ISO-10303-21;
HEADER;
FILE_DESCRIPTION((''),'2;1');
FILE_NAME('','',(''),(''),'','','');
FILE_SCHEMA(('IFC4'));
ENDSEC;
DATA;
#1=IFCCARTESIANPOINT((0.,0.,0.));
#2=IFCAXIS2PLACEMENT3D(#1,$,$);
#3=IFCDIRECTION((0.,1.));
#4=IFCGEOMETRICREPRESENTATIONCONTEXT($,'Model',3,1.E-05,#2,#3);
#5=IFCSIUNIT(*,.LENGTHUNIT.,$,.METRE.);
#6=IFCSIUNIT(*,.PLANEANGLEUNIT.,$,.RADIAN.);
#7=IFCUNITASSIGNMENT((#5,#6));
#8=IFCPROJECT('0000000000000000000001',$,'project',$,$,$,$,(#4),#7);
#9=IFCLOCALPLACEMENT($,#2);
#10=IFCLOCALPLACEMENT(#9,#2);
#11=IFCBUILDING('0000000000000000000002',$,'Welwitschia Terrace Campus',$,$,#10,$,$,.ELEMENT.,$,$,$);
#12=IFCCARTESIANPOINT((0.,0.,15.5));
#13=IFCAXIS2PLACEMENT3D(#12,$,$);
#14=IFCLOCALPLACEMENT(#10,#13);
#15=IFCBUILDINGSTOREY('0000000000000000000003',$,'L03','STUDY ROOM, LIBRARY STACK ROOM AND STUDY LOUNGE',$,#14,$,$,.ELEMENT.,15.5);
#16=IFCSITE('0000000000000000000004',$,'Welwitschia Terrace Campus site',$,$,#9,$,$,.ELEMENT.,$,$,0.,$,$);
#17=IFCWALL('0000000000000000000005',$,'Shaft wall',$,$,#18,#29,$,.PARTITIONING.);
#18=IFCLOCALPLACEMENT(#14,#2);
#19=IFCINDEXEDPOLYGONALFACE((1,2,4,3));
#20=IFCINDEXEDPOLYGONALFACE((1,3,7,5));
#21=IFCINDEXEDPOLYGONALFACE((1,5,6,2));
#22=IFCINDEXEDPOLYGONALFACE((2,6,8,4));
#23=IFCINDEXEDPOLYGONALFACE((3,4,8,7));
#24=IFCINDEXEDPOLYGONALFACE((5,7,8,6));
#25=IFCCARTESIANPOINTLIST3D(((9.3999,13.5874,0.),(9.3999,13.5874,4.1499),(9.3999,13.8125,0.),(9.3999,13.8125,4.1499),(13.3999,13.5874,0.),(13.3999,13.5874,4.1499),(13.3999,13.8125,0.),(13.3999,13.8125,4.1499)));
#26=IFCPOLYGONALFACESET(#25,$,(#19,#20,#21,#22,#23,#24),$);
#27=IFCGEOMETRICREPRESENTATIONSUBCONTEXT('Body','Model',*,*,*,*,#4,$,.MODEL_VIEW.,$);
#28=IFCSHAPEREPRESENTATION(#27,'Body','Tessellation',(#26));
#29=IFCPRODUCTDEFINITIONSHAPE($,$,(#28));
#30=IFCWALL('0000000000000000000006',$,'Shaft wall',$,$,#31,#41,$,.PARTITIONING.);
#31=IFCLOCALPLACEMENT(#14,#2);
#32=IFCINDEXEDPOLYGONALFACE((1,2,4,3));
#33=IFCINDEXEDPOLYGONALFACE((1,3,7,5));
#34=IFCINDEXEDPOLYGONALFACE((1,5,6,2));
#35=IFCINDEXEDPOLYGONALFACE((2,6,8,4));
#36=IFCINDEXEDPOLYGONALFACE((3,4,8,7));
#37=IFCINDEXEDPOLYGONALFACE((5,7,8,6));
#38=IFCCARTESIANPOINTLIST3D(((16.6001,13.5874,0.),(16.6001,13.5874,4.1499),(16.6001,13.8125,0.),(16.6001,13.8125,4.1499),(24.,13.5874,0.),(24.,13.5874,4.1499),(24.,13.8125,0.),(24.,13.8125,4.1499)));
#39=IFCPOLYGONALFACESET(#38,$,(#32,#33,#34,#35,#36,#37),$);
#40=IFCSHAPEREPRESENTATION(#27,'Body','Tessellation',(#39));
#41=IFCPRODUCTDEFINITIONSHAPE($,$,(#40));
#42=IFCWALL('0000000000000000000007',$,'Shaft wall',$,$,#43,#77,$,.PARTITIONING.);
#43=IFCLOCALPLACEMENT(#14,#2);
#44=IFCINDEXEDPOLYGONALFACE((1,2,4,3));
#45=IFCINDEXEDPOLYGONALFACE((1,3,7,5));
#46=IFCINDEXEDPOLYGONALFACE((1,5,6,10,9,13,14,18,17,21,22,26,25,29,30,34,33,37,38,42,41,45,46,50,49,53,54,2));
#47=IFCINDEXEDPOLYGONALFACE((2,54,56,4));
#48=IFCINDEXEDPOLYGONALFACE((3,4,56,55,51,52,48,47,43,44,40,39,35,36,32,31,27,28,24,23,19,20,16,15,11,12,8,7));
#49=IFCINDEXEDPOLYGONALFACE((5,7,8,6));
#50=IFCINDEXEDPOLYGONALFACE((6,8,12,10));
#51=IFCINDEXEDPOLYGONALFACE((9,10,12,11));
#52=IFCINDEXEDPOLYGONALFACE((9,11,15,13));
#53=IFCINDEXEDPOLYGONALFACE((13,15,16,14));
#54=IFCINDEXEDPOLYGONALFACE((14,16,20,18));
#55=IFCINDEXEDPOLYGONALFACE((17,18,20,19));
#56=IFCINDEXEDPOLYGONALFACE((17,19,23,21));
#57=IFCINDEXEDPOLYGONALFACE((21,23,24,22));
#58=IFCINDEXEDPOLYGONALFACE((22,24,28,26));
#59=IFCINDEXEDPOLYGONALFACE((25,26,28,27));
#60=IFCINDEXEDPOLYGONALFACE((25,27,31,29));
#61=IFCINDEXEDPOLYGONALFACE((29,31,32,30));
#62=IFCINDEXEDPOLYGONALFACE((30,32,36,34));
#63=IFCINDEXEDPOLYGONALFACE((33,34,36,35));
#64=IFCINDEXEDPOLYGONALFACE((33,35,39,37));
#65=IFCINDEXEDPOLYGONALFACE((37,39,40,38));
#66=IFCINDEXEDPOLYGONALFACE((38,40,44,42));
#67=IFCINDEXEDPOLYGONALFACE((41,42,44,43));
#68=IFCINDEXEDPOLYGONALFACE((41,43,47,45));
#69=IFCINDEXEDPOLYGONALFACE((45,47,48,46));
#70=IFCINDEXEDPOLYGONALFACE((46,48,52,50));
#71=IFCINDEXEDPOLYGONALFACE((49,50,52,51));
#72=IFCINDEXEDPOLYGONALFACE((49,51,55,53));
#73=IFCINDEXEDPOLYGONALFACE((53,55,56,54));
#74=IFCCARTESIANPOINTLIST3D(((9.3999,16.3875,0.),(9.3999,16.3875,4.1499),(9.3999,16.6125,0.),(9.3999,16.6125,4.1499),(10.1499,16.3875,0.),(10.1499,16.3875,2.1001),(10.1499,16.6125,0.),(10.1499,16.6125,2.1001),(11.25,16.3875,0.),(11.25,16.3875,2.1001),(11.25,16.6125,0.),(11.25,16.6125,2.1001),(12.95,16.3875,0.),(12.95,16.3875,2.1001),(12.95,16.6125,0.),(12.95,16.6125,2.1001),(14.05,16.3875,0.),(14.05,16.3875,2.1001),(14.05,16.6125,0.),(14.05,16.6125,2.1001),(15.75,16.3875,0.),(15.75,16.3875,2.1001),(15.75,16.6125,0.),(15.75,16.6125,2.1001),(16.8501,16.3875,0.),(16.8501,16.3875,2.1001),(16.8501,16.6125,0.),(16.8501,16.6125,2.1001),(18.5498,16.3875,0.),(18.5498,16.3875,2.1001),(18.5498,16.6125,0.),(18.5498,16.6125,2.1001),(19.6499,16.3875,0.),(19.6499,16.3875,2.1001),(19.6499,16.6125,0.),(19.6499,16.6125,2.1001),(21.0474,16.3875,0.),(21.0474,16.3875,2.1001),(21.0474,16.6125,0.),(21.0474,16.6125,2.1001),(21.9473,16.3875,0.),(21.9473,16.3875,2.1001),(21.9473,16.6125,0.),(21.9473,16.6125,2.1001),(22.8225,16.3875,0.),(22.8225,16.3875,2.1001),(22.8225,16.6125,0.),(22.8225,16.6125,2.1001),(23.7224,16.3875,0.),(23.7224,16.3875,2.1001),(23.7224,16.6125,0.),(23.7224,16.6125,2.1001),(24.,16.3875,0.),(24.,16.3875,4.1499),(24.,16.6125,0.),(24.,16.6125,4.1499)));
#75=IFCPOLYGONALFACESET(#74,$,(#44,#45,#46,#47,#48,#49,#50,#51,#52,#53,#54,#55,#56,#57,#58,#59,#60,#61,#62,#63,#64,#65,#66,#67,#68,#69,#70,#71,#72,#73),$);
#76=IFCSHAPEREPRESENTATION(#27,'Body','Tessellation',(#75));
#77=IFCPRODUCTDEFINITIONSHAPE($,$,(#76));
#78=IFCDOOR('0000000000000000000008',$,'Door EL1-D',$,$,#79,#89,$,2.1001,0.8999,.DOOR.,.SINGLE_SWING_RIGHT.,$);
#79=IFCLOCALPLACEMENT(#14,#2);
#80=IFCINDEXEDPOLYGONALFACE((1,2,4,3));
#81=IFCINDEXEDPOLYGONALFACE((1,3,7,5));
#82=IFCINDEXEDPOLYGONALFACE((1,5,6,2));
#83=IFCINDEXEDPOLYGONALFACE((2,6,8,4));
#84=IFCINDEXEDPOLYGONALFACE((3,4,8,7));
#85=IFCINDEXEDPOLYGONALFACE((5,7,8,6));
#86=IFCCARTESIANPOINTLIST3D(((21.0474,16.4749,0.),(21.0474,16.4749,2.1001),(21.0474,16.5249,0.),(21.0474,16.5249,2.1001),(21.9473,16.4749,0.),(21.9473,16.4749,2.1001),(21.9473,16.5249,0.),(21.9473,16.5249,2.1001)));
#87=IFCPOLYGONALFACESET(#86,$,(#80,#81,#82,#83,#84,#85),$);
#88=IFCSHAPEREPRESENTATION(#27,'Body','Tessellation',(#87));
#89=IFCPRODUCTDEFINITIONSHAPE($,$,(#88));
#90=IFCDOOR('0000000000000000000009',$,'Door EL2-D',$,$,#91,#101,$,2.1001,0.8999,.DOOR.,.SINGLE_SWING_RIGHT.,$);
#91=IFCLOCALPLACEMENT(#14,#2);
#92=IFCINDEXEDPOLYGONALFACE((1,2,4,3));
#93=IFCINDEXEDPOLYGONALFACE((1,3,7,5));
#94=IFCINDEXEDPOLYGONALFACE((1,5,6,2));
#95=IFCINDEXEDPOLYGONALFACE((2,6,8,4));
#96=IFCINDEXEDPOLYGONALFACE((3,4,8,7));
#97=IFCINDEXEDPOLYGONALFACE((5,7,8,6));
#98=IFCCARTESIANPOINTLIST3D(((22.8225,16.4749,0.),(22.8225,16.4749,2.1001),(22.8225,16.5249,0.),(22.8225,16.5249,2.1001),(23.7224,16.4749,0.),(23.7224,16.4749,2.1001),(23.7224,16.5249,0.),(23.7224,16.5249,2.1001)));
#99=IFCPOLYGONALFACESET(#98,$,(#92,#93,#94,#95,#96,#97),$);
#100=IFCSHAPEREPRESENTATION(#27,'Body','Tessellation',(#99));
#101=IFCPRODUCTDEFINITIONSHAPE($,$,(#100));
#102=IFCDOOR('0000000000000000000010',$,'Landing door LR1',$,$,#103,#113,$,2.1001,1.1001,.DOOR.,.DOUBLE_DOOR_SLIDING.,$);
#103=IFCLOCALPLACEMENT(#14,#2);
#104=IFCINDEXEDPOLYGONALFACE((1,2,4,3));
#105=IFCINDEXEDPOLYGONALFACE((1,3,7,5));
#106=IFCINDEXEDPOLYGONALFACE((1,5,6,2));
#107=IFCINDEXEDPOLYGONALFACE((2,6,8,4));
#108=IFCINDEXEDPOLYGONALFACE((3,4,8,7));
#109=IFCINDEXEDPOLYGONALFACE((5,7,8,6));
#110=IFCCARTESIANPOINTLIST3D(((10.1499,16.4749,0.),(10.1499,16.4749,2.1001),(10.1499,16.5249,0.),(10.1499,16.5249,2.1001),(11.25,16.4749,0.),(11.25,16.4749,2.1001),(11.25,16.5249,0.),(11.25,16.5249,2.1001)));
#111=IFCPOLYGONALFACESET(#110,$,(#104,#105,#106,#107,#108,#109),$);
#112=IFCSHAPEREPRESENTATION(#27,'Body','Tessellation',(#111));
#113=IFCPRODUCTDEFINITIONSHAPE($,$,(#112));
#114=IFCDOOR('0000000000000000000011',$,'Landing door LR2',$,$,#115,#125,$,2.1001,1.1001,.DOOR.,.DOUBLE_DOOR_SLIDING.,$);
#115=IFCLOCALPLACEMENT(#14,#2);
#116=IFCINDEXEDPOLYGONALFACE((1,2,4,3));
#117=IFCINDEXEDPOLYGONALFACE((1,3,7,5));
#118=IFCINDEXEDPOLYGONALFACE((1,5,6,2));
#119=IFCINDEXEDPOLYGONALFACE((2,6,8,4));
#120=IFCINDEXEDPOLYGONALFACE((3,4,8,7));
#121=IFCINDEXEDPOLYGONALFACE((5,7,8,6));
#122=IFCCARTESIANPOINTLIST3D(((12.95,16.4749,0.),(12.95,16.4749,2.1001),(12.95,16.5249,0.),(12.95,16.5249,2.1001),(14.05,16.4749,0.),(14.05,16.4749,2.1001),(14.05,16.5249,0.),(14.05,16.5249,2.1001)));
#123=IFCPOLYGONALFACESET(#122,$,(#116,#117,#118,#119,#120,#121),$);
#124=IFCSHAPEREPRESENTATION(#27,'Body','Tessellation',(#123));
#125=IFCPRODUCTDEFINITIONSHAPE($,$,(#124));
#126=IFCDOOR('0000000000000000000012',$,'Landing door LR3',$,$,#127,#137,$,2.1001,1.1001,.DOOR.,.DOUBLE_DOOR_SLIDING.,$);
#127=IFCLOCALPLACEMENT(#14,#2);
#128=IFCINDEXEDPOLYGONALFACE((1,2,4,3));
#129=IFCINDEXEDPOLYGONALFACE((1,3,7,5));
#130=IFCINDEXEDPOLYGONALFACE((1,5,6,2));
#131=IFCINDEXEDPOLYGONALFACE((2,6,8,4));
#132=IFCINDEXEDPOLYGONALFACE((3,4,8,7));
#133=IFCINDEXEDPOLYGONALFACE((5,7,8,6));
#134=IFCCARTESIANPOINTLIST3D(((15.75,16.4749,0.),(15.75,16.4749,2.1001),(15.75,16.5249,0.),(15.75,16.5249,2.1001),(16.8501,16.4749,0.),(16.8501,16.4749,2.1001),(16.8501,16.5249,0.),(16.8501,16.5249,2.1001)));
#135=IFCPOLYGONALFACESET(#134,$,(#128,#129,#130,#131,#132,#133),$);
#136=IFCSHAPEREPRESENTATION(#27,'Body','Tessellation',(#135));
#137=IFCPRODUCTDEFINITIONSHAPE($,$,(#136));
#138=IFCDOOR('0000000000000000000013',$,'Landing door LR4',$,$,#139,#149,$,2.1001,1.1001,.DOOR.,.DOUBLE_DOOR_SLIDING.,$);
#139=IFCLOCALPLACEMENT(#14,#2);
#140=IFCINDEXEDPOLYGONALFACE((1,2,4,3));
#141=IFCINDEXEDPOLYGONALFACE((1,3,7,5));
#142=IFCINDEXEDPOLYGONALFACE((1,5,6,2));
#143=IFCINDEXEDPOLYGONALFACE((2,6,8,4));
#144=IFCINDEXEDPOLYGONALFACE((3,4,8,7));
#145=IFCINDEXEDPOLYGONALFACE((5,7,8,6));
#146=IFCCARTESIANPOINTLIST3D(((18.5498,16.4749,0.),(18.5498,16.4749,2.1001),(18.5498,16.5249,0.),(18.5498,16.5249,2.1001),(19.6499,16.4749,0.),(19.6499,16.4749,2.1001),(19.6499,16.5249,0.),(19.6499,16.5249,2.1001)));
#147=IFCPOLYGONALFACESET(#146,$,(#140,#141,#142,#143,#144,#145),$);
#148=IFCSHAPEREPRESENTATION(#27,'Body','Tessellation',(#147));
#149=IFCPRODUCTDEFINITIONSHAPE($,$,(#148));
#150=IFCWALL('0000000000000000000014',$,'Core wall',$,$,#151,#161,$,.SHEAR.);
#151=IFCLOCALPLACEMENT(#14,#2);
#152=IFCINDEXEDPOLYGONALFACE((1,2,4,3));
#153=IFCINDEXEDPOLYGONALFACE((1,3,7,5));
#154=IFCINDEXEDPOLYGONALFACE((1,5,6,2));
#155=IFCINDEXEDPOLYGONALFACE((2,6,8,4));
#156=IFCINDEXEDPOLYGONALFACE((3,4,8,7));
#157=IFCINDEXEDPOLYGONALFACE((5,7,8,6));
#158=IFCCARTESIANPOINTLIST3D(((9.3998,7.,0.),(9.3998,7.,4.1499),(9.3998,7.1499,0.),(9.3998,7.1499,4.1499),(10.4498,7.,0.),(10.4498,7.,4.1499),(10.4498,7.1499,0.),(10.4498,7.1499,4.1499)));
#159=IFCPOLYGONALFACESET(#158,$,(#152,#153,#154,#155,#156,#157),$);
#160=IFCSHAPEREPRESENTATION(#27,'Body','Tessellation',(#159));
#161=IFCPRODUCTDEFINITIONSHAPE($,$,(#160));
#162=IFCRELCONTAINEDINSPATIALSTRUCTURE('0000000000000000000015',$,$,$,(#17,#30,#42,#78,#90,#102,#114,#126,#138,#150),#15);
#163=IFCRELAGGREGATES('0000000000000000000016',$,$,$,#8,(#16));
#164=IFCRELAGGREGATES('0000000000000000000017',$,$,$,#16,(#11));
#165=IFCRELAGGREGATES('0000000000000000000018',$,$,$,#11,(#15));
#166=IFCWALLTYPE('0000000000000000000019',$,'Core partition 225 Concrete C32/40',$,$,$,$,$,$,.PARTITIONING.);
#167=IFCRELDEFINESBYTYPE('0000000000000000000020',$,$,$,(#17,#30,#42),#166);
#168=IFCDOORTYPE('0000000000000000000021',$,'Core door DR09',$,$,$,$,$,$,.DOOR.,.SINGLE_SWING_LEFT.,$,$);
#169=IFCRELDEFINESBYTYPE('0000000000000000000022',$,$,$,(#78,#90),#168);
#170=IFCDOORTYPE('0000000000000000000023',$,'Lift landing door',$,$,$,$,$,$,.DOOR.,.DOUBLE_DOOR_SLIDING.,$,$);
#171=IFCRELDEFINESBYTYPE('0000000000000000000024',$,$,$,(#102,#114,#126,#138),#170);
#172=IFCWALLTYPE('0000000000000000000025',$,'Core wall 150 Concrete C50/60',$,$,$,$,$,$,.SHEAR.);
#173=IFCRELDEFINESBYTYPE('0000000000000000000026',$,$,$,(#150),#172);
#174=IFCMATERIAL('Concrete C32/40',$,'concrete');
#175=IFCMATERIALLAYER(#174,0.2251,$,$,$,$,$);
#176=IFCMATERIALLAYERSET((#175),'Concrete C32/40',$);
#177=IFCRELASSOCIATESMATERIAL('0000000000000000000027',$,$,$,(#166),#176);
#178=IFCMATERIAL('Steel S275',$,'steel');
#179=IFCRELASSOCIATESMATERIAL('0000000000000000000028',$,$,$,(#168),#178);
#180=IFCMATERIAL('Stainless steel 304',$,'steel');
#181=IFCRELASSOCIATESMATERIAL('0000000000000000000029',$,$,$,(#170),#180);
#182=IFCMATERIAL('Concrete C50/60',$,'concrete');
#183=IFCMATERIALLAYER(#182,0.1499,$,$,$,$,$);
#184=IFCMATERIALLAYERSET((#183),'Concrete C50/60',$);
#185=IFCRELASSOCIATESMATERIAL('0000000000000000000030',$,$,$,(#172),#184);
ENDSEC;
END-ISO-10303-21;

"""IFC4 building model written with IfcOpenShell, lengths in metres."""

from ifc_helpers import new_model, si_unit, direction, frame, frame_2d, origin, place, context, subcontext, project, spatial, rectangle, extrude, material, layer, layer_set, type_object, element, fill, save


model = new_model("IFC4")

# Units and contexts
model_context = context("Model", 3, precision=1e-05, world=origin(), true_north=direction((0.0, 1.0)))
body_context = subcontext(model_context, "Body", "Model", "MODEL_VIEW")
ifc_project = project(units=[si_unit("LENGTHUNIT", "METRE"), si_unit("PLANEANGLEUNIT", "RADIAN")], contexts=[model_context])

# Site, building, storey
site_placement = place(None, origin())
site = spatial("IfcSite", under=ifc_project, at=site_placement, Name="Welwitschia Terrace Campus site", CompositionType="ELEMENT", RefElevation=0.0)
building_placement = place(site_placement, origin())
building = spatial("IfcBuilding", under=site, at=building_placement, Name="Welwitschia Terrace Campus", CompositionType="ELEMENT")
storey_placement = place(building_placement, frame((0.0, 0.0, 15.5)))
storey = spatial("IfcBuildingStorey", under=building, at=storey_placement, Name="L03", Description="STUDY ROOM, LIBRARY STACK ROOM AND STUDY LOUNGE", CompositionType="ELEMENT", Elevation=15.5)

# Walls
ifc_material_1 = material(Name="Concrete C32/40", Category="concrete")
ifc_layer_1 = layer(ifc_material_1, 0.2251)
ifc_layer_set_1 = layer_set([ifc_layer_1], Name="Concrete C32/40")
wall_type_1 = type_object("IfcWallType", Name="Core partition 225 Concrete C32/40", PredefinedType="PARTITIONING", material=ifc_layer_set_1)
wall_1_placement = place(storey_placement, frame((9.3999, 13.7, 0.0), z_axis=(0.0, 0.0, 1.0), x_axis=(1.0, 0.0, 0.0)))
element("IfcWall", 1, at=wall_1_placement, inside=storey, type_object=wall_type_1, Name="Shaft wall", PredefinedType="PARTITIONING", context=body_context, shape_type="SweptSolid", body=[
    extrude(rectangle(XDim=4.0, YDim=0.2251, at=frame_2d((2.0, 0.0))), origin(), (0.0, 0.0, 1.0), 4.1499),
])
wall_2_placement = place(storey_placement, frame((16.6001, 13.7, 0.0), z_axis=(0.0, 0.0, 1.0), x_axis=(1.0, 0.0, 0.0)))
element("IfcWall", 2, at=wall_2_placement, inside=storey, type_object=wall_type_1, Name="Shaft wall", PredefinedType="PARTITIONING", context=body_context, shape_type="SweptSolid", body=[
    extrude(rectangle(XDim=7.3999, YDim=0.2251, at=frame_2d((3.7, 0.0))), origin(), (0.0, 0.0, 1.0), 4.1499),
])

# Wall, openings, doors
wall_3_placement = place(storey_placement, frame((9.3999, 16.5, 0.0), z_axis=(0.0, 0.0, 1.0), x_axis=(1.0, 0.0, 0.0)))
wall_3 = element("IfcWall", 3, at=wall_3_placement, inside=storey, type_object=wall_type_1, Name="Shaft wall", PredefinedType="PARTITIONING", context=body_context, shape_type="SweptSolid", body=[
    extrude(rectangle(XDim=14.6001, YDim=0.2251, at=frame_2d((7.3, 0.0))), origin(), (0.0, 0.0, 1.0), 4.1499),
])
opening_1_placement = place(wall_3_placement, frame((0.75, 0.0, 0.0)))
opening_1 = element("IfcOpeningElement", 4, at=opening_1_placement, cuts=wall_3, PredefinedType="OPENING", context=body_context, shape_type="SweptSolid", body=[
    extrude(rectangle(XDim=1.1001, YDim=2.1001, at=frame_2d((0.55, 1.05))), frame((0.0, 0.1226, 0.0), z_axis=(0.0, -1.0, 0.0), x_axis=(1.0, 0.0, 0.0)), (0.0, 0.0, 1.0), 0.2451),
])
opening_2_placement = place(wall_3_placement, frame((3.55, 0.0, 0.0)))
opening_2 = element("IfcOpeningElement", 5, at=opening_2_placement, cuts=wall_3, PredefinedType="OPENING", context=body_context, shape_type="SweptSolid", body=[
    extrude(rectangle(XDim=1.1001, YDim=2.1001, at=frame_2d((0.55, 1.05))), frame((0.0, 0.1226, 0.0), z_axis=(0.0, -1.0, 0.0), x_axis=(1.0, 0.0, 0.0)), (0.0, 0.0, 1.0), 0.2451),
])
opening_3_placement = place(wall_3_placement, frame((6.3501, 0.0, 0.0)))
opening_3 = element("IfcOpeningElement", 6, at=opening_3_placement, cuts=wall_3, PredefinedType="OPENING", context=body_context, shape_type="SweptSolid", body=[
    extrude(rectangle(XDim=1.1001, YDim=2.1001, at=frame_2d((0.55, 1.05))), frame((0.0, 0.1226, 0.0), z_axis=(0.0, -1.0, 0.0), x_axis=(1.0, 0.0, 0.0)), (0.0, 0.0, 1.0), 0.2451),
])
opening_4_placement = place(wall_3_placement, frame((9.1499, 0.0, 0.0)))
opening_4 = element("IfcOpeningElement", 7, at=opening_4_placement, cuts=wall_3, PredefinedType="OPENING", context=body_context, shape_type="SweptSolid", body=[
    extrude(rectangle(XDim=1.1001, YDim=2.1001, at=frame_2d((0.55, 1.05))), frame((0.0, 0.1226, 0.0), z_axis=(0.0, -1.0, 0.0), x_axis=(1.0, 0.0, 0.0)), (0.0, 0.0, 1.0), 0.2451),
])
opening_5_placement = place(wall_3_placement, frame((11.6475, 0.0, 0.0)))
opening_5 = element("IfcOpeningElement", 8, at=opening_5_placement, cuts=wall_3, PredefinedType="OPENING", context=body_context, shape_type="SweptSolid", body=[
    extrude(rectangle(XDim=0.8999, YDim=2.1001, at=frame_2d((0.45, 1.05))), frame((0.0, 0.1226, 0.0), z_axis=(0.0, -1.0, 0.0), x_axis=(1.0, 0.0, 0.0)), (0.0, 0.0, 1.0), 0.2451),
])
opening_6_placement = place(wall_3_placement, frame((13.4226, 0.0, 0.0)))
opening_6 = element("IfcOpeningElement", 9, at=opening_6_placement, cuts=wall_3, PredefinedType="OPENING", context=body_context, shape_type="SweptSolid", body=[
    extrude(rectangle(XDim=0.8999, YDim=2.1001, at=frame_2d((0.45, 1.05))), frame((0.0, 0.1226, 0.0), z_axis=(0.0, -1.0, 0.0), x_axis=(1.0, 0.0, 0.0)), (0.0, 0.0, 1.0), 0.2451),
])
ifc_material_2 = material(Name="Steel S275", Category="steel")
door_type_1 = type_object("IfcDoorType", Name="Core door DR09", OperationType="SINGLE_SWING_LEFT", PredefinedType="DOOR", material=ifc_material_2)
door_1_placement = place(opening_5_placement, origin())
door_1 = element("IfcDoor", 10, at=door_1_placement, inside=storey, type_object=door_type_1, Name="Door EL1-D", OperationType="SINGLE_SWING_RIGHT", OverallHeight=2.1001, OverallWidth=0.8999, PredefinedType="DOOR", context=body_context, shape_type="SweptSolid", body=[
    extrude(rectangle(XDim=0.8999, YDim=2.1001, at=frame_2d((0.45, 1.05))), frame((0.0, 0.0249, 0.0), z_axis=(0.0, -1.0, 0.0), x_axis=(1.0, 0.0, 0.0)), (0.0, 0.0, 1.0), 0.05),
])
fill(opening_5, door_1)
door_2_placement = place(opening_6_placement, origin())
door_2 = element("IfcDoor", 11, at=door_2_placement, inside=storey, type_object=door_type_1, Name="Door EL2-D", OperationType="SINGLE_SWING_RIGHT", OverallHeight=2.1001, OverallWidth=0.8999, PredefinedType="DOOR", context=body_context, shape_type="SweptSolid", body=[
    extrude(rectangle(XDim=0.8999, YDim=2.1001, at=frame_2d((0.45, 1.05))), frame((0.0, 0.0249, 0.0), z_axis=(0.0, -1.0, 0.0), x_axis=(1.0, 0.0, 0.0)), (0.0, 0.0, 1.0), 0.05),
])
fill(opening_6, door_2)
ifc_material_3 = material(Name="Stainless steel 304", Category="steel")
door_type_2 = type_object("IfcDoorType", Name="Lift landing door", OperationType="DOUBLE_DOOR_SLIDING", PredefinedType="DOOR", material=ifc_material_3)
door_3_placement = place(opening_1_placement, origin())
door_3 = element("IfcDoor", 12, at=door_3_placement, inside=storey, type_object=door_type_2, Name="Landing door LR1", OperationType="DOUBLE_DOOR_SLIDING", OverallHeight=2.1001, OverallWidth=1.1001, PredefinedType="DOOR", context=body_context, shape_type="SweptSolid", body=[
    extrude(rectangle(XDim=1.1001, YDim=2.1001, at=frame_2d((0.55, 1.05))), frame((0.0, 0.0249, 0.0), z_axis=(0.0, -1.0, 0.0), x_axis=(1.0, 0.0, 0.0)), (0.0, 0.0, 1.0), 0.05),
])
fill(opening_1, door_3)
door_4_placement = place(opening_2_placement, origin())
door_4 = element("IfcDoor", 13, at=door_4_placement, inside=storey, type_object=door_type_2, Name="Landing door LR2", OperationType="DOUBLE_DOOR_SLIDING", OverallHeight=2.1001, OverallWidth=1.1001, PredefinedType="DOOR", context=body_context, shape_type="SweptSolid", body=[
    extrude(rectangle(XDim=1.1001, YDim=2.1001, at=frame_2d((0.55, 1.05))), frame((0.0, 0.0249, 0.0), z_axis=(0.0, -1.0, 0.0), x_axis=(1.0, 0.0, 0.0)), (0.0, 0.0, 1.0), 0.05),
])
fill(opening_2, door_4)
door_5_placement = place(opening_3_placement, origin())
door_5 = element("IfcDoor", 14, at=door_5_placement, inside=storey, type_object=door_type_2, Name="Landing door LR3", OperationType="DOUBLE_DOOR_SLIDING", OverallHeight=2.1001, OverallWidth=1.1001, PredefinedType="DOOR", context=body_context, shape_type="SweptSolid", body=[
    extrude(rectangle(XDim=1.1001, YDim=2.1001, at=frame_2d((0.55, 1.05))), frame((0.0, 0.0249, 0.0), z_axis=(0.0, -1.0, 0.0), x_axis=(1.0, 0.0, 0.0)), (0.0, 0.0, 1.0), 0.05),
])
fill(opening_3, door_5)
door_6_placement = place(opening_4_placement, origin())
door_6 = element("IfcDoor", 15, at=door_6_placement, inside=storey, type_object=door_type_2, Name="Landing door LR4", OperationType="DOUBLE_DOOR_SLIDING", OverallHeight=2.1001, OverallWidth=1.1001, PredefinedType="DOOR", context=body_context, shape_type="SweptSolid", body=[
    extrude(rectangle(XDim=1.1001, YDim=2.1001, at=frame_2d((0.55, 1.05))), frame((0.0, 0.0249, 0.0), z_axis=(0.0, -1.0, 0.0), x_axis=(1.0, 0.0, 0.0)), (0.0, 0.0, 1.0), 0.05),
])
fill(opening_4, door_6)

# Wall
ifc_material_4 = material(Name="Concrete C50/60", Category="concrete")
ifc_layer_2 = layer(ifc_material_4, 0.1499)
ifc_layer_set_2 = layer_set([ifc_layer_2], Name="Concrete C50/60")
wall_type_2 = type_object("IfcWallType", Name="Core wall 150 Concrete C50/60", PredefinedType="SHEAR", material=ifc_layer_set_2)
for number, where, z_axis, x_axis, name in (
    (16, (9.3999, 7.075, 0.0), (0.0, 0.0, 1.0), (1.0, 0.0, 0.0), "Core wall"),
):
    element("IfcWall", number, at=place(storey_placement, frame(where, z_axis=z_axis, x_axis=x_axis)), inside=storey, type_object=wall_type_2, Name=name, PredefinedType="SHEAR", context=body_context, shape_type="SweptSolid", body=[
        extrude(rectangle(XDim=1.05, YDim=0.1499, at=frame_2d((0.5249, 0.0))), origin(), (0.0, 0.0, 1.0), 4.1499),
    ])

save(model, "model.ifc")
